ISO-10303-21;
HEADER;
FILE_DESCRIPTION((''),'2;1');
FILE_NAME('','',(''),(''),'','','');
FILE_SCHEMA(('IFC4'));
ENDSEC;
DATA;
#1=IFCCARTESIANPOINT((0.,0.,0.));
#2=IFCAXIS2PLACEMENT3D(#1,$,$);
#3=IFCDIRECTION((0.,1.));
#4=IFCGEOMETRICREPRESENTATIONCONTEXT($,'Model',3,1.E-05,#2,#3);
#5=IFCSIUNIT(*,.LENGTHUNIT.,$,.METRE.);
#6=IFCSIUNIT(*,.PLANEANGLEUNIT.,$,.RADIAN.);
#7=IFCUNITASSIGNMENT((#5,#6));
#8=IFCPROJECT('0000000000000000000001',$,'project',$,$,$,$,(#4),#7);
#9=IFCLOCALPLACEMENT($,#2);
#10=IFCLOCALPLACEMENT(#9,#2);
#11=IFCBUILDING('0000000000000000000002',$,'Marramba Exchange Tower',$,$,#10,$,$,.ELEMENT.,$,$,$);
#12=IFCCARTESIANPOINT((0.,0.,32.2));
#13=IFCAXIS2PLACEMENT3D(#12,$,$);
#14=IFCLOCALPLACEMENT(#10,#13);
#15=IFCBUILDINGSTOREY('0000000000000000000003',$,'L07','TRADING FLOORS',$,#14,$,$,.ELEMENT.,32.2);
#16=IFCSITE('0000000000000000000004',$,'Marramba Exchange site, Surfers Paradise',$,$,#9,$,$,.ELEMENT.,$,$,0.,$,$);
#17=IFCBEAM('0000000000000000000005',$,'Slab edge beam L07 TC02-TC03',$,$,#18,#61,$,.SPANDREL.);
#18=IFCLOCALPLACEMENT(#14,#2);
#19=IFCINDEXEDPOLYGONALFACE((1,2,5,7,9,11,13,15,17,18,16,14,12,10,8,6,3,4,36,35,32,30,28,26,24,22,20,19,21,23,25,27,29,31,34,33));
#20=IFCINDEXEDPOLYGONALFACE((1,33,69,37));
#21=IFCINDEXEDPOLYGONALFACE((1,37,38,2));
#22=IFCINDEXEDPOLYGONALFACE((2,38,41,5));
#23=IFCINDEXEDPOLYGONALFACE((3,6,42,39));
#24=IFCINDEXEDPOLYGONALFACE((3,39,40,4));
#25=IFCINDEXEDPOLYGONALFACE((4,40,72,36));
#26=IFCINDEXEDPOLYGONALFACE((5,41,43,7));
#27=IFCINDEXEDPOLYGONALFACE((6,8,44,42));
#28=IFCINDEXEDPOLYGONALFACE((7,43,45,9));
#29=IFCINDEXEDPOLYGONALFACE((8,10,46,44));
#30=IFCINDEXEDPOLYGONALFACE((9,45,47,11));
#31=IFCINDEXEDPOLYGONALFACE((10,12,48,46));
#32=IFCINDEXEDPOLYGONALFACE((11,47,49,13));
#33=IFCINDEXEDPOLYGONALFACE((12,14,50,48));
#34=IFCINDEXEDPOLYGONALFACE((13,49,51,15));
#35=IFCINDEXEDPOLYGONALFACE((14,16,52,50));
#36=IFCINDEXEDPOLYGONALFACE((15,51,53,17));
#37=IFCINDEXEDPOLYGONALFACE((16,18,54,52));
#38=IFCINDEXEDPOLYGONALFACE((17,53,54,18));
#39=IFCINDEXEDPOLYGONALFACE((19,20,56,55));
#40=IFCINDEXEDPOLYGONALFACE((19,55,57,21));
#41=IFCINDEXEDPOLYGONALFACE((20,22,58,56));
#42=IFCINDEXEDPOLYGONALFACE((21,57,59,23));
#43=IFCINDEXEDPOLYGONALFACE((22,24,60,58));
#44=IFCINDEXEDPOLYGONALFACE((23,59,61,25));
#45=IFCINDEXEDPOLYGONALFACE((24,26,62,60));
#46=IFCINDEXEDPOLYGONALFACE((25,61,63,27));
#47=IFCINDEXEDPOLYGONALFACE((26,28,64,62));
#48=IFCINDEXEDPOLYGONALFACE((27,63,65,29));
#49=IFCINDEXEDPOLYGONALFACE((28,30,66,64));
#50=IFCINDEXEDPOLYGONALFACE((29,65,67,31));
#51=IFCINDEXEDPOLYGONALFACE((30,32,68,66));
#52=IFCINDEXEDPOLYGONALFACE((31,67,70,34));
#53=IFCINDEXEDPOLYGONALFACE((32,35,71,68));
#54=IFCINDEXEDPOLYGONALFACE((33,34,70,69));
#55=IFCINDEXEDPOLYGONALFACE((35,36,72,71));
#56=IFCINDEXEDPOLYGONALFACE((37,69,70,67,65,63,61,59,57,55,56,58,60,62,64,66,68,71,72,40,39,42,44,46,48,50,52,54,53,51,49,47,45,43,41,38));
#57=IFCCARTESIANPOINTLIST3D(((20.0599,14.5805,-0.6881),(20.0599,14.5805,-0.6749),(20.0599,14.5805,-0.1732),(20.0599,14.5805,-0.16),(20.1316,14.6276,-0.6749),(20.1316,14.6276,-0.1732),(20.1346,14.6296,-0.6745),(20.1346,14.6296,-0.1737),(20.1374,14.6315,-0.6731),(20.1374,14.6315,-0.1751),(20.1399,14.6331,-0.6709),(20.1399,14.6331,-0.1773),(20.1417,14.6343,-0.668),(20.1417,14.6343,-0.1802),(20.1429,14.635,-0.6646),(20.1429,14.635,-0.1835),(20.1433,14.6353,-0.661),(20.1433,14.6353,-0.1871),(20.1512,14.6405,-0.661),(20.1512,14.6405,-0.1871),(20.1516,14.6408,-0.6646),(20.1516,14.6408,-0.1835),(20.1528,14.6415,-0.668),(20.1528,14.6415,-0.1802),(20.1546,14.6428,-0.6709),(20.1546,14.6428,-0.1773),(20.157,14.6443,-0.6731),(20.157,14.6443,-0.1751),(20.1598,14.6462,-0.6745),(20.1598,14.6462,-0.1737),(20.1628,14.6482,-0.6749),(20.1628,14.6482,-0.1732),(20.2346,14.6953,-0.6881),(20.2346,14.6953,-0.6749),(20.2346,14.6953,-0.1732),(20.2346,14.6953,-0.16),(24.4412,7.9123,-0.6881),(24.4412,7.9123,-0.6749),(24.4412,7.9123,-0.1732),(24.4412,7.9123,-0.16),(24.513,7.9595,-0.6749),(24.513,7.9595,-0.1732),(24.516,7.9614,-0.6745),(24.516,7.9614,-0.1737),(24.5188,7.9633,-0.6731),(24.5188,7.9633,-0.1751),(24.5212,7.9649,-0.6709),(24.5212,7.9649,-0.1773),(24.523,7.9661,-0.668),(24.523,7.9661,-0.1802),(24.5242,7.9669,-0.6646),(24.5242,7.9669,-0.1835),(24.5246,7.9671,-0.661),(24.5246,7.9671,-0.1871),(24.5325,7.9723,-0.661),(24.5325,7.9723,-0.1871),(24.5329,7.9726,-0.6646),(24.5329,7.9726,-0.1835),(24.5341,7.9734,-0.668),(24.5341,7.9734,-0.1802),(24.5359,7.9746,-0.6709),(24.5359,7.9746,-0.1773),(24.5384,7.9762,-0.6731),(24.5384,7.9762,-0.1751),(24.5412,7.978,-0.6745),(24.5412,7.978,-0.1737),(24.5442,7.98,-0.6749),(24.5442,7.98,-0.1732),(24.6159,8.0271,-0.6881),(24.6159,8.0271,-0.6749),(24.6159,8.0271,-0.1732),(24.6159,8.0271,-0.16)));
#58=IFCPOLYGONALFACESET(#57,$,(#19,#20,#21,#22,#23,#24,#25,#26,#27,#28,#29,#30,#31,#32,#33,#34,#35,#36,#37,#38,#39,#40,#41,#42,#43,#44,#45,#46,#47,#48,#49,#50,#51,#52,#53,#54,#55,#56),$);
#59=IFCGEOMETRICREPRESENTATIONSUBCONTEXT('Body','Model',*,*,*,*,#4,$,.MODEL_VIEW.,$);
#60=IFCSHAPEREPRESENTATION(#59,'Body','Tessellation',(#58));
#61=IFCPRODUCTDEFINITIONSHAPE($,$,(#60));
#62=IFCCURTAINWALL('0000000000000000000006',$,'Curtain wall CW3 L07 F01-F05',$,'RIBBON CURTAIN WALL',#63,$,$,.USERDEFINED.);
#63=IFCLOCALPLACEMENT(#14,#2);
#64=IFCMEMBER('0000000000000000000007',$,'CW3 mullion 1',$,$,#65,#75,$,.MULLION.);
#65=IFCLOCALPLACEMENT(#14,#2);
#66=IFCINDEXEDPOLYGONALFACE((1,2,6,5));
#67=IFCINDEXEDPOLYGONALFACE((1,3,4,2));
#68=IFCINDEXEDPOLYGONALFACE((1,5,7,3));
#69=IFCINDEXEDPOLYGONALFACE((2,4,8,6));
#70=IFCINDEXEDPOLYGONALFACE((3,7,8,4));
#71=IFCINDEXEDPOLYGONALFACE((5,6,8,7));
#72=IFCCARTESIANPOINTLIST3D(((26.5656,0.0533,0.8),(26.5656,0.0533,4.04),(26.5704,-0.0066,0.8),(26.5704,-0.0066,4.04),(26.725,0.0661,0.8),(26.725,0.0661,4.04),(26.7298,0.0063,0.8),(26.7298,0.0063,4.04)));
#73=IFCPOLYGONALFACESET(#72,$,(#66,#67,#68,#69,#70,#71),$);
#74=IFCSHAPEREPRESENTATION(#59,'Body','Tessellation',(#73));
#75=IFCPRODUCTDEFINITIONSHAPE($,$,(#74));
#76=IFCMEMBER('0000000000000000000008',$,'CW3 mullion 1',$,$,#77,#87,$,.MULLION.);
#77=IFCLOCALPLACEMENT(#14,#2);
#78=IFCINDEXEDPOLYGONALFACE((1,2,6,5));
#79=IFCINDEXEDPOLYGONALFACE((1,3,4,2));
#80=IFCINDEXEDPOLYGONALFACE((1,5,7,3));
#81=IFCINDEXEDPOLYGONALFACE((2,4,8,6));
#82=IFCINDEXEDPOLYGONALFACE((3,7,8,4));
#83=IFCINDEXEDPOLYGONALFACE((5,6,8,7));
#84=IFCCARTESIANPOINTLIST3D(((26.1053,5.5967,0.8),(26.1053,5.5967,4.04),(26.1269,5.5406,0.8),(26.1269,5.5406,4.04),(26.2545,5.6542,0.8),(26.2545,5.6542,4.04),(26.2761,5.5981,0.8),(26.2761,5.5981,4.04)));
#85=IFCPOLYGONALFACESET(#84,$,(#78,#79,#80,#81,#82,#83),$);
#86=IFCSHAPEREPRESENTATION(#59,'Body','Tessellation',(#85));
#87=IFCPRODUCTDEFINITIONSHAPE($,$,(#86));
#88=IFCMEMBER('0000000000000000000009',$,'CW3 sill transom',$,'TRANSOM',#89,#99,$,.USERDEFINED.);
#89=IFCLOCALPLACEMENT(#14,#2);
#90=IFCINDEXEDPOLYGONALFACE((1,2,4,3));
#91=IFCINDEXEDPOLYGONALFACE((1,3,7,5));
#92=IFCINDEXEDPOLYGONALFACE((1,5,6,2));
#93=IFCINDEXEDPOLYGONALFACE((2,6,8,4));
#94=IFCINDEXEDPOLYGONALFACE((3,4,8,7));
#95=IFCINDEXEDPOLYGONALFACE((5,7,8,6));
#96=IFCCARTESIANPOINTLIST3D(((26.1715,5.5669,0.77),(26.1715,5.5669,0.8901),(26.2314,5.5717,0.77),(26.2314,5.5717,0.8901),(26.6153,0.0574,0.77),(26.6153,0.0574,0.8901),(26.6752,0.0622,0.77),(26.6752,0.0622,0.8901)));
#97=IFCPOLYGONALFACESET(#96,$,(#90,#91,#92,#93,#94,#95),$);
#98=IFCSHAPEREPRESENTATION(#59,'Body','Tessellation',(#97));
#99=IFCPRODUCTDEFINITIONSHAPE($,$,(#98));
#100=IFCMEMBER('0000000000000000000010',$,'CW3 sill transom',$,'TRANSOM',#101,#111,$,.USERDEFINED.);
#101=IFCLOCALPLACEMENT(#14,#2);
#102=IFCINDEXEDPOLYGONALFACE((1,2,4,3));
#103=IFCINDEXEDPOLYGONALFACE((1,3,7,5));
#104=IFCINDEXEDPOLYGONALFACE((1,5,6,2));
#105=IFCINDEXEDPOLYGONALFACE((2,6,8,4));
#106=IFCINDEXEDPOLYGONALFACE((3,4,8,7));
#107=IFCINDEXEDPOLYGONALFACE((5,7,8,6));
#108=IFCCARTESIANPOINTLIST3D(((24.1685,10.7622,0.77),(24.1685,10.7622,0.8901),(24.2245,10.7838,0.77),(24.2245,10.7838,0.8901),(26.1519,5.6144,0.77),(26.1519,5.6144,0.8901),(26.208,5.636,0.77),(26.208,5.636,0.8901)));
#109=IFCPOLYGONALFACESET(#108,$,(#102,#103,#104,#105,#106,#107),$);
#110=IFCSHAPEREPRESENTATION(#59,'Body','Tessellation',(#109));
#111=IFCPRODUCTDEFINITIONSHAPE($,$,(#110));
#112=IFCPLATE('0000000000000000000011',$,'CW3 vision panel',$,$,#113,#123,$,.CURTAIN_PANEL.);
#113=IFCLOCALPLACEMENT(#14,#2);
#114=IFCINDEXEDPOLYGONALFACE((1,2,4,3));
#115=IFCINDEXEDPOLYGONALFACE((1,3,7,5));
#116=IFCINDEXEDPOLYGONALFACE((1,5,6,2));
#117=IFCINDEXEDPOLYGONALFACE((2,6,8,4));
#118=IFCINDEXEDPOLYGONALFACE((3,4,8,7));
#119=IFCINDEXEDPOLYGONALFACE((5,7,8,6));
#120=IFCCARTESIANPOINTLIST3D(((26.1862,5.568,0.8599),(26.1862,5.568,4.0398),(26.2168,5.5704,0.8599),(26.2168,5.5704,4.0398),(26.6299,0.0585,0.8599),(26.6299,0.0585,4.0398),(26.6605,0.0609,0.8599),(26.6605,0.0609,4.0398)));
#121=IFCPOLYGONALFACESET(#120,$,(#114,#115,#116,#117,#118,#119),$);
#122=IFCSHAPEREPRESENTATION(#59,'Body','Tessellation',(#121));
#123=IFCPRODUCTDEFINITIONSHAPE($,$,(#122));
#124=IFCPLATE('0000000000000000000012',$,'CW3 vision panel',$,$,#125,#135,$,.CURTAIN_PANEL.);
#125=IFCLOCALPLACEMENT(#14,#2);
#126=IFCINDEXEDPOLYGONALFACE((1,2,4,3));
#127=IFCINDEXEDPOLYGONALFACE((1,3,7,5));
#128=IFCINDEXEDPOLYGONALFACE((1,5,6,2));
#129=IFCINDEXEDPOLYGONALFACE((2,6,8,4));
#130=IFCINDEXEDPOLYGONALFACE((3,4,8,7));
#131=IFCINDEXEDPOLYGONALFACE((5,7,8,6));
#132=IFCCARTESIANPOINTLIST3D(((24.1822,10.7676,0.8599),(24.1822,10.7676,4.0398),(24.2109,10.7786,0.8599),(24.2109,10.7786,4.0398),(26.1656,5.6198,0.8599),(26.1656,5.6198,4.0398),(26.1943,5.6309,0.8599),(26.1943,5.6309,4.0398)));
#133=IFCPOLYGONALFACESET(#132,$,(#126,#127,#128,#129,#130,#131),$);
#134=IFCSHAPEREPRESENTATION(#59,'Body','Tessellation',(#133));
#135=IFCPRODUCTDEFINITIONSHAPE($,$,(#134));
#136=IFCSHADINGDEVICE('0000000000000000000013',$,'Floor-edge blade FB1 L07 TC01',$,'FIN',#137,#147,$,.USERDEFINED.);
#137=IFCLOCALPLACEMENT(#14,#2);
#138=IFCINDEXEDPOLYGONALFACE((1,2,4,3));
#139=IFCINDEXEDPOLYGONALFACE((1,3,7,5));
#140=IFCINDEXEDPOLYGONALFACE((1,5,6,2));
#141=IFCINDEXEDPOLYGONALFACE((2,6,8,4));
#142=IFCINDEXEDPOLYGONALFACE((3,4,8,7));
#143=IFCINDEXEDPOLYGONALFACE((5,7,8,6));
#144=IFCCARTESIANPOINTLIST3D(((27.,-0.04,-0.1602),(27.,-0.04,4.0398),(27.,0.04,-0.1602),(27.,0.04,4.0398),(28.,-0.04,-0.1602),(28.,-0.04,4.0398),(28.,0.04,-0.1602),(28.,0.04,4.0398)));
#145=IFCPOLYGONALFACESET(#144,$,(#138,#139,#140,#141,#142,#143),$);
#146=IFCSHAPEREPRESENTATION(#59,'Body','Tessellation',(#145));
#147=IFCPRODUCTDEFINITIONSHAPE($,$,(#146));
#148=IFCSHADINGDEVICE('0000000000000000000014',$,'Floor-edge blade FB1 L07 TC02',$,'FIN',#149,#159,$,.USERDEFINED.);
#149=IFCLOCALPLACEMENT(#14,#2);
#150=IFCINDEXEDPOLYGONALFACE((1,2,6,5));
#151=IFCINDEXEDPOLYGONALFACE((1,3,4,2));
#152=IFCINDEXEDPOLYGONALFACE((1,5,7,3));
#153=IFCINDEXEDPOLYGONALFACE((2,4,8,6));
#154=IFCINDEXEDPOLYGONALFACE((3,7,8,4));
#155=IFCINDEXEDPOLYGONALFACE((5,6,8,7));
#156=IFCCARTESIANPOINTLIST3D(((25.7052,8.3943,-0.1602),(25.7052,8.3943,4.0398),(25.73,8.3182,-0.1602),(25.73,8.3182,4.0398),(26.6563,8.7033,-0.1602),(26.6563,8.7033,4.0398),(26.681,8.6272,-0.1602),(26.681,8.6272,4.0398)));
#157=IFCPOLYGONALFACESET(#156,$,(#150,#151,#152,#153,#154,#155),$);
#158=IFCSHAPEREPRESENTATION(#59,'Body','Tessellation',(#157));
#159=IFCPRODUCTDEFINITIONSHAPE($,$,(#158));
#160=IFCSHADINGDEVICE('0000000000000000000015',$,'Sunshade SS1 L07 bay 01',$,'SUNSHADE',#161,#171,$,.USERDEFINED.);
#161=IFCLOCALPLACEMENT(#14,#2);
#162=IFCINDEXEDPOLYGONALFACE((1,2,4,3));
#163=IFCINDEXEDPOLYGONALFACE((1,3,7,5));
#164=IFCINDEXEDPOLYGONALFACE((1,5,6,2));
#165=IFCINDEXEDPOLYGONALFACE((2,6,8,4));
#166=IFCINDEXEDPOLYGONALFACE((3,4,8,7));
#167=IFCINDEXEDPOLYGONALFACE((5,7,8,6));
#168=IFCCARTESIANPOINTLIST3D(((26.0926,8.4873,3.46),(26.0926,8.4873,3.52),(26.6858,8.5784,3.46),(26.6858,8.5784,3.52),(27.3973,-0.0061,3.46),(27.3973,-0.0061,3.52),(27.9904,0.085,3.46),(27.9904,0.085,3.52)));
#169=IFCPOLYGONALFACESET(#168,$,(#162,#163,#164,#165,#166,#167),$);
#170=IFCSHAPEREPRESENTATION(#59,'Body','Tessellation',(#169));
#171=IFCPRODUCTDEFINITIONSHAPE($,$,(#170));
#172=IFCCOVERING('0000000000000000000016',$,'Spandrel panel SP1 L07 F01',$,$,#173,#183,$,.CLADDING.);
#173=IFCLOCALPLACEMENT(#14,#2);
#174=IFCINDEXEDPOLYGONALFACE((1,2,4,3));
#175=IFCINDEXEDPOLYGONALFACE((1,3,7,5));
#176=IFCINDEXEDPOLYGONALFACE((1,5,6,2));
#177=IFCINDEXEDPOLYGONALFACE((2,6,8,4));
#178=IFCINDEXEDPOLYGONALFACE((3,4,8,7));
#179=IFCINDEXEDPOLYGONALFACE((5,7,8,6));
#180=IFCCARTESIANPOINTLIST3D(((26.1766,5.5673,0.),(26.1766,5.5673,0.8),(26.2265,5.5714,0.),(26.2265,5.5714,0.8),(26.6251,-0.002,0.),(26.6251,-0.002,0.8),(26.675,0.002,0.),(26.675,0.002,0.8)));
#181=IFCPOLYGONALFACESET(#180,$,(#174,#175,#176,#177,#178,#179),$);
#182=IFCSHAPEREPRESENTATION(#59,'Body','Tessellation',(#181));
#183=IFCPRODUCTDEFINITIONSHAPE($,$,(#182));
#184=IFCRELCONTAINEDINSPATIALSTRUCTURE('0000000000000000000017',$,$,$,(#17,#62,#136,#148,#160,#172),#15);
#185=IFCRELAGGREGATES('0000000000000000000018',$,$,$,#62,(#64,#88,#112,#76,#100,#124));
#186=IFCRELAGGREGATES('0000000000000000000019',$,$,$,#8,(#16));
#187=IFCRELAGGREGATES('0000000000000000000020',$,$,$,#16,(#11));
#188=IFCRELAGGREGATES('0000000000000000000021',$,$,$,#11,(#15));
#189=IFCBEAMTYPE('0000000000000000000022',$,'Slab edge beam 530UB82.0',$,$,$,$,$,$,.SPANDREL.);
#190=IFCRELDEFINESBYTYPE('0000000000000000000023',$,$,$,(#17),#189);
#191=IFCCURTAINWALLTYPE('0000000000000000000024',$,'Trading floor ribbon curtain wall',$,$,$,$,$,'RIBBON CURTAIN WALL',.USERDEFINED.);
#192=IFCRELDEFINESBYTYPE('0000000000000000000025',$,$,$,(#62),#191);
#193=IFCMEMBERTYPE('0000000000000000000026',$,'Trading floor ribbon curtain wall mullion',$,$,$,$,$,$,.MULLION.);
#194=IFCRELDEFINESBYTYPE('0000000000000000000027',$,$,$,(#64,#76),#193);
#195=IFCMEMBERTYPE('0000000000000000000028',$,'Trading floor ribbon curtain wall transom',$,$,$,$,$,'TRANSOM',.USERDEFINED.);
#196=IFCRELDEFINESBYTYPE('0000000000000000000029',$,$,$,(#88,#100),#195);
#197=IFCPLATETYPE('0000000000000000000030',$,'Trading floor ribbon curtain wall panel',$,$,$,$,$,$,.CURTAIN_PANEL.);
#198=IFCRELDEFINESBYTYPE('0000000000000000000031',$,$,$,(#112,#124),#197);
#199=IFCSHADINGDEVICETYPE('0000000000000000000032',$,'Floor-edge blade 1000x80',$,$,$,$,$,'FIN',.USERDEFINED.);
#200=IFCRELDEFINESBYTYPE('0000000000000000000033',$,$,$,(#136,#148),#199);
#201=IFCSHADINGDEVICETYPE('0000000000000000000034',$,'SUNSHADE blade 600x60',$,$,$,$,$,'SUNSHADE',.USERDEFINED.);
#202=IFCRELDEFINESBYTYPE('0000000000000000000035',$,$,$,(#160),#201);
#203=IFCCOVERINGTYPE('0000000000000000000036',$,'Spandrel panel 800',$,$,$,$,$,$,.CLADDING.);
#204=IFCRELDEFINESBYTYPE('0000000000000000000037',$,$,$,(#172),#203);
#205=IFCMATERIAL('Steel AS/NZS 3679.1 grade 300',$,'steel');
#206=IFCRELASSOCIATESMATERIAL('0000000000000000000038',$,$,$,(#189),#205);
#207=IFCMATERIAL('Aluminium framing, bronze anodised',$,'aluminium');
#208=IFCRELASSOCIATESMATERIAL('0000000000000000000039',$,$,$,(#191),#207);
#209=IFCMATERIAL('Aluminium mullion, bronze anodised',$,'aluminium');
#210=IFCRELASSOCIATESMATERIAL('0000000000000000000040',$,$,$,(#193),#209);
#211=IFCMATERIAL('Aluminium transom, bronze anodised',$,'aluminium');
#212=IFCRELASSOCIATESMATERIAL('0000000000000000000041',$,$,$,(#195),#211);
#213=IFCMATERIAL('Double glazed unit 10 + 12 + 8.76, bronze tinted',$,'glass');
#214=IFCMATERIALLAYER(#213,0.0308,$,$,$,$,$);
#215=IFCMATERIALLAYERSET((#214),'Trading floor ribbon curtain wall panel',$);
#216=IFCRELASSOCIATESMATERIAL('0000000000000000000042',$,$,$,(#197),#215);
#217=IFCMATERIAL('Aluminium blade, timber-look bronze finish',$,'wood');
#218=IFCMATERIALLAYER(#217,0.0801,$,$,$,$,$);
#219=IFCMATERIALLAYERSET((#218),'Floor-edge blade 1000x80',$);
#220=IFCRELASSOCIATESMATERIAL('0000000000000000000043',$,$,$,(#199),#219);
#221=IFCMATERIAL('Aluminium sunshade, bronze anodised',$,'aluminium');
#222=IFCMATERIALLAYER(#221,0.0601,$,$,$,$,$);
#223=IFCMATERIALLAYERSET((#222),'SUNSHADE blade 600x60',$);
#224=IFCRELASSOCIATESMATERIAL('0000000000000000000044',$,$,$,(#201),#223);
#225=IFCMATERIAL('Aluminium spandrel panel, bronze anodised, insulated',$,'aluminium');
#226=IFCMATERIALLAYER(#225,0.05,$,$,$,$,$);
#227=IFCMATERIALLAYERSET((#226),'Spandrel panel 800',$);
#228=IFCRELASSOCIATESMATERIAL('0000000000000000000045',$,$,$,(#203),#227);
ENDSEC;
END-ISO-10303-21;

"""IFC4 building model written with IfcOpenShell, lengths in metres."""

from ifc_helpers import new_model, si_unit, direction, frame, origin, origin_2d, place, context, subcontext, project, spatial, rectangle, i_section, extrude, material, layer, layer_set, material_profile, profile_set, type_object, element, aggregate, save


model = new_model("IFC4")

# Units and contexts
model_context = context("Model", 3, precision=1e-05, world=origin(), true_north=direction((0.0, 1.0)))
body_context = subcontext(model_context, "Body", "Model", "MODEL_VIEW")
ifc_project = project(units=[si_unit("LENGTHUNIT", "METRE"), si_unit("PLANEANGLEUNIT", "RADIAN")], contexts=[model_context])

# Site, building, storey
site_placement = place(None, origin())
site = spatial("IfcSite", under=ifc_project, at=site_placement, Name="Marramba Exchange site, Surfers Paradise", CompositionType="ELEMENT", RefElevation=0.0)
building_placement = place(site_placement, origin())
building = spatial("IfcBuilding", under=site, at=building_placement, Name="Marramba Exchange Tower", CompositionType="ELEMENT")
storey_placement = place(building_placement, frame((0.0, 0.0, 32.2)))
storey = spatial("IfcBuildingStorey", under=building, at=storey_placement, Name="L07", Description="TRADING FLOORS", CompositionType="ELEMENT", Elevation=32.2)

# Beam
ifc_material_1 = material(Name="Steel AS/NZS 3679.1 grade 300", Category="steel")
ifc_material_profile_1 = material_profile(ifc_material_1, i_section(OverallWidth=0.209, OverallDepth=0.5281, WebThickness=0.0095, FlangeThickness=0.0132, FilletRadius=0.0139, at=origin_2d()), Name="530UB82.0")
ifc_profile_set_1 = profile_set([ifc_material_profile_1], Name="Steel AS/NZS 3679.1 grade 300")
beam_type_1 = type_object("IfcBeamType", Name="Slab edge beam 530UB82.0", PredefinedType="SPANDREL", material=ifc_profile_set_1)
beam_1_placement = place(storey_placement, frame((24.5286, 7.9697, -0.4241), z_axis=(-0.549124, 0.835741, 0.0), x_axis=(-0.835741, -0.549124, 0.0)))
element("IfcBeam", 1, at=beam_1_placement, inside=storey, type_object=beam_type_1, Name="Slab edge beam L07 TC02-TC03", PredefinedType="SPANDREL", context=body_context, shape_type="SweptSolid", body=[
    extrude(i_section(OverallWidth=0.209, OverallDepth=0.5281, WebThickness=0.0095, FlangeThickness=0.0132, FilletRadius=0.0139, at=origin_2d()), origin(), (0.0, 0.0, 1.0), 7.9788),
])

# Curtain wall, members, plates
ifc_material_2 = material(Name="Aluminium framing, bronze anodised", Category="aluminium")
curtain_wall_type = type_object("IfcCurtainWallType", Name="Trading floor ribbon curtain wall", ElementType="RIBBON CURTAIN WALL", PredefinedType="USERDEFINED", material=ifc_material_2)
curtain_wall_placement = place(storey_placement, origin())
curtain_wall = element("IfcCurtainWall", 2, at=curtain_wall_placement, inside=storey, type_object=curtain_wall_type, Name="Curtain wall CW3 L07 F01-F05", ObjectType="RIBBON CURTAIN WALL", PredefinedType="USERDEFINED")
ifc_material_3 = material(Name="Aluminium mullion, bronze anodised", Category="aluminium")
ifc_material_profile_2 = material_profile(ifc_material_3, rectangle(XDim=0.1599, YDim=0.0601, at=origin_2d()), Name="CW3 mullion 60x160")
ifc_profile_set_2 = profile_set([ifc_material_profile_2], Name="Aluminium mullion, bronze anodised")
member_type_1 = type_object("IfcMemberType", Name="Trading floor ribbon curtain wall mullion", PredefinedType="MULLION", material=ifc_profile_set_2)
member_1_placement = place(storey_placement, frame((26.6477, 0.0298, 0.8), z_axis=(0.0, 0.0, 1.0), x_axis=(-0.996773, -0.080275, 0.0)))
member_1 = element("IfcMember", 3, at=member_1_placement, type_object=member_type_1, Name="CW3 mullion 1", PredefinedType="MULLION", context=body_context, shape_type="SweptSolid", body=[
    extrude(rectangle(XDim=0.1599, YDim=0.0601, at=origin_2d()), origin(), (0.0, 0.0, 1.0), 3.24),
])
member_2_placement = place(storey_placement, frame((26.1907, 5.5974, 0.8), z_axis=(0.0, 0.0, 1.0), x_axis=(-0.933135, -0.359526, 0.0)))
member_2 = element("IfcMember", 4, at=member_2_placement, type_object=member_type_1, Name="CW3 mullion 1", PredefinedType="MULLION", context=body_context, shape_type="SweptSolid", body=[
    extrude(rectangle(XDim=0.1599, YDim=0.0601, at=origin_2d()), origin(), (0.0, 0.0, 1.0), 3.24),
])
ifc_material_4 = material(Name="Aluminium transom, bronze anodised", Category="aluminium")
ifc_material_profile_3 = material_profile(ifc_material_4, rectangle(XDim=0.0601, YDim=0.1201, at=origin_2d()), Name="CW3 transom 60x120")
ifc_profile_set_3 = profile_set([ifc_material_profile_3], Name="Aluminium transom, bronze anodised")
member_type_2 = type_object("IfcMemberType", Name="Trading floor ribbon curtain wall transom", ElementType="TRANSOM", PredefinedType="USERDEFINED", material=ifc_profile_set_3)
member_3_placement = place(storey_placement, frame((26.6453, 0.0598, 0.8301), z_axis=(-0.0803, 0.996771, 0.0), x_axis=(-0.996771, -0.0803, 0.0)))
member_3 = element("IfcMember", 5, at=member_3_placement, type_object=member_type_2, Name="CW3 sill transom", ObjectType="TRANSOM", PredefinedType="USERDEFINED", context=body_context, shape_type="SweptSolid", body=[
    extrude(rectangle(XDim=0.0601, YDim=0.1201, at=origin_2d()), origin(), (0.0, 0.0, 1.0), 5.5273),
])
member_4_placement = place(storey_placement, frame((26.1799, 5.6252, 0.8301), z_axis=(-0.359534, 0.933132, 0.0), x_axis=(-0.933132, -0.359534, 0.0)))
member_4 = element("IfcMember", 6, at=member_4_placement, type_object=member_type_2, Name="CW3 sill transom", ObjectType="TRANSOM", PredefinedType="USERDEFINED", context=body_context, shape_type="SweptSolid", body=[
    extrude(rectangle(XDim=0.0601, YDim=0.1201, at=origin_2d()), origin(), (0.0, 0.0, 1.0), 5.5166),
])
ifc_material_5 = material(Name="Double glazed unit 10 + 12 + 8.76, bronze tinted", Category="glass")
ifc_layer_1 = layer(ifc_material_5, 0.0308)
ifc_layer_set_1 = layer_set([ifc_layer_1], Name="Trading floor ribbon curtain wall panel")
plate_type = type_object("IfcPlateType", Name="Trading floor ribbon curtain wall panel", PredefinedType="CURTAIN_PANEL", material=ifc_layer_set_1)
plate_1_placement = place(storey_placement, frame((26.4233, 2.8145, 0.8599), z_axis=(0.0, 0.0, 1.0), x_axis=(-0.080275, 0.996773, 0.0)))
plate_1 = element("IfcPlate", 7, at=plate_1_placement, type_object=plate_type, Name="CW3 vision panel", PredefinedType="CURTAIN_PANEL", context=body_context, shape_type="SweptSolid", body=[
    extrude(rectangle(XDim=5.5273, YDim=0.0308, at=origin_2d()), origin(), (0.0, 0.0, 1.0), 3.1799),
])
plate_2_placement = place(storey_placement, frame((25.1882, 8.1992, 0.8599), z_axis=(0.0, 0.0, 1.0), x_axis=(-0.359526, 0.933135, 0.0)))
plate_2 = element("IfcPlate", 8, at=plate_2_placement, type_object=plate_type, Name="CW3 vision panel", PredefinedType="CURTAIN_PANEL", context=body_context, shape_type="SweptSolid", body=[
    extrude(rectangle(XDim=5.5166, YDim=0.0308, at=origin_2d()), origin(), (0.0, 0.0, 1.0), 3.1799),
])
aggregate(curtain_wall, [member_1, member_3, plate_1, member_2, member_4, plate_2])

# Shading devices
ifc_material_6 = material(Name="Aluminium blade, timber-look bronze finish", Category="wood")
ifc_layer_2 = layer(ifc_material_6, 0.0801)
ifc_layer_set_2 = layer_set([ifc_layer_2], Name="Floor-edge blade 1000x80")
shading_device_type_1 = type_object("IfcShadingDeviceType", Name="Floor-edge blade 1000x80", ElementType="FIN", PredefinedType="USERDEFINED", material=ifc_layer_set_2)
for number, where, z_axis, x_axis, name in (
    (9, (27.5, 0.0, -0.1602), (0.0, 0.0, 1.0), (1.0, 0.0, 0.0), "Floor-edge blade FB1 L07 TC01"),
    (10, (26.1931, 8.5107, -0.1602), (0.0, 0.0, 1.0), (0.951057, 0.309017, 0.0), "Floor-edge blade FB1 L07 TC02"),
):
    element("IfcShadingDevice", number, at=place(storey_placement, frame(where, z_axis=z_axis, x_axis=x_axis)), inside=storey, type_object=shading_device_type_1, Name=name, ObjectType="FIN", PredefinedType="USERDEFINED", context=body_context, shape_type="SweptSolid", body=[
        extrude(rectangle(XDim=1.0, YDim=0.0801, at=origin_2d()), origin(), (0.0, 0.0, 1.0), 4.2),
    ])
ifc_material_7 = material(Name="Aluminium sunshade, bronze anodised", Category="aluminium")
ifc_layer_3 = layer(ifc_material_7, 0.0601)
ifc_layer_set_3 = layer_set([ifc_layer_3], Name="SUNSHADE blade 600x60")
shading_device_type_2 = type_object("IfcShadingDeviceType", Name="SUNSHADE blade 600x60", ElementType="SUNSHADE", PredefinedType="USERDEFINED", material=ifc_layer_set_3)
shading_device_placement = place(storey_placement, frame((27.0415, 4.2861, 3.46), z_axis=(0.0, 0.0, 1.0), x_axis=(-0.151825, 0.988407, 0.0)))
element("IfcShadingDevice", 11, at=shading_device_placement, inside=storey, type_object=shading_device_type_2, Name="Sunshade SS1 L07 bay 01", ObjectType="SUNSHADE", PredefinedType="USERDEFINED", context=body_context, shape_type="SweptSolid", body=[
    extrude(rectangle(XDim=8.593, YDim=0.6001, at=origin_2d()), origin(), (0.0, 0.0, 1.0), 0.0601),
])

# Covering
ifc_material_8 = material(Name="Aluminium spandrel panel, bronze anodised, insulated", Category="aluminium")
ifc_layer_4 = layer(ifc_material_8, 0.05)
ifc_layer_set_4 = layer_set([ifc_layer_4], Name="Spandrel panel 800")
covering_type = type_object("IfcCoveringType", Name="Spandrel panel 800", PredefinedType="CLADDING", material=ifc_layer_set_4)
covering_1_placement = place(storey_placement, frame((26.4258, 2.7847, 0.0), z_axis=(0.0, 0.0, 1.0), x_axis=(-0.080275, 0.996773, 0.0)))
element("IfcCovering", 12, at=covering_1_placement, inside=storey, type_object=covering_type, Name="Spandrel panel SP1 L07 F01", PredefinedType="CLADDING", context=body_context, shape_type="SweptSolid", body=[
    extrude(rectangle(XDim=5.5874, YDim=0.05, at=origin_2d()), origin(), (0.0, 0.0, 1.0), 0.8),
])

save(model, "model.ifc")
